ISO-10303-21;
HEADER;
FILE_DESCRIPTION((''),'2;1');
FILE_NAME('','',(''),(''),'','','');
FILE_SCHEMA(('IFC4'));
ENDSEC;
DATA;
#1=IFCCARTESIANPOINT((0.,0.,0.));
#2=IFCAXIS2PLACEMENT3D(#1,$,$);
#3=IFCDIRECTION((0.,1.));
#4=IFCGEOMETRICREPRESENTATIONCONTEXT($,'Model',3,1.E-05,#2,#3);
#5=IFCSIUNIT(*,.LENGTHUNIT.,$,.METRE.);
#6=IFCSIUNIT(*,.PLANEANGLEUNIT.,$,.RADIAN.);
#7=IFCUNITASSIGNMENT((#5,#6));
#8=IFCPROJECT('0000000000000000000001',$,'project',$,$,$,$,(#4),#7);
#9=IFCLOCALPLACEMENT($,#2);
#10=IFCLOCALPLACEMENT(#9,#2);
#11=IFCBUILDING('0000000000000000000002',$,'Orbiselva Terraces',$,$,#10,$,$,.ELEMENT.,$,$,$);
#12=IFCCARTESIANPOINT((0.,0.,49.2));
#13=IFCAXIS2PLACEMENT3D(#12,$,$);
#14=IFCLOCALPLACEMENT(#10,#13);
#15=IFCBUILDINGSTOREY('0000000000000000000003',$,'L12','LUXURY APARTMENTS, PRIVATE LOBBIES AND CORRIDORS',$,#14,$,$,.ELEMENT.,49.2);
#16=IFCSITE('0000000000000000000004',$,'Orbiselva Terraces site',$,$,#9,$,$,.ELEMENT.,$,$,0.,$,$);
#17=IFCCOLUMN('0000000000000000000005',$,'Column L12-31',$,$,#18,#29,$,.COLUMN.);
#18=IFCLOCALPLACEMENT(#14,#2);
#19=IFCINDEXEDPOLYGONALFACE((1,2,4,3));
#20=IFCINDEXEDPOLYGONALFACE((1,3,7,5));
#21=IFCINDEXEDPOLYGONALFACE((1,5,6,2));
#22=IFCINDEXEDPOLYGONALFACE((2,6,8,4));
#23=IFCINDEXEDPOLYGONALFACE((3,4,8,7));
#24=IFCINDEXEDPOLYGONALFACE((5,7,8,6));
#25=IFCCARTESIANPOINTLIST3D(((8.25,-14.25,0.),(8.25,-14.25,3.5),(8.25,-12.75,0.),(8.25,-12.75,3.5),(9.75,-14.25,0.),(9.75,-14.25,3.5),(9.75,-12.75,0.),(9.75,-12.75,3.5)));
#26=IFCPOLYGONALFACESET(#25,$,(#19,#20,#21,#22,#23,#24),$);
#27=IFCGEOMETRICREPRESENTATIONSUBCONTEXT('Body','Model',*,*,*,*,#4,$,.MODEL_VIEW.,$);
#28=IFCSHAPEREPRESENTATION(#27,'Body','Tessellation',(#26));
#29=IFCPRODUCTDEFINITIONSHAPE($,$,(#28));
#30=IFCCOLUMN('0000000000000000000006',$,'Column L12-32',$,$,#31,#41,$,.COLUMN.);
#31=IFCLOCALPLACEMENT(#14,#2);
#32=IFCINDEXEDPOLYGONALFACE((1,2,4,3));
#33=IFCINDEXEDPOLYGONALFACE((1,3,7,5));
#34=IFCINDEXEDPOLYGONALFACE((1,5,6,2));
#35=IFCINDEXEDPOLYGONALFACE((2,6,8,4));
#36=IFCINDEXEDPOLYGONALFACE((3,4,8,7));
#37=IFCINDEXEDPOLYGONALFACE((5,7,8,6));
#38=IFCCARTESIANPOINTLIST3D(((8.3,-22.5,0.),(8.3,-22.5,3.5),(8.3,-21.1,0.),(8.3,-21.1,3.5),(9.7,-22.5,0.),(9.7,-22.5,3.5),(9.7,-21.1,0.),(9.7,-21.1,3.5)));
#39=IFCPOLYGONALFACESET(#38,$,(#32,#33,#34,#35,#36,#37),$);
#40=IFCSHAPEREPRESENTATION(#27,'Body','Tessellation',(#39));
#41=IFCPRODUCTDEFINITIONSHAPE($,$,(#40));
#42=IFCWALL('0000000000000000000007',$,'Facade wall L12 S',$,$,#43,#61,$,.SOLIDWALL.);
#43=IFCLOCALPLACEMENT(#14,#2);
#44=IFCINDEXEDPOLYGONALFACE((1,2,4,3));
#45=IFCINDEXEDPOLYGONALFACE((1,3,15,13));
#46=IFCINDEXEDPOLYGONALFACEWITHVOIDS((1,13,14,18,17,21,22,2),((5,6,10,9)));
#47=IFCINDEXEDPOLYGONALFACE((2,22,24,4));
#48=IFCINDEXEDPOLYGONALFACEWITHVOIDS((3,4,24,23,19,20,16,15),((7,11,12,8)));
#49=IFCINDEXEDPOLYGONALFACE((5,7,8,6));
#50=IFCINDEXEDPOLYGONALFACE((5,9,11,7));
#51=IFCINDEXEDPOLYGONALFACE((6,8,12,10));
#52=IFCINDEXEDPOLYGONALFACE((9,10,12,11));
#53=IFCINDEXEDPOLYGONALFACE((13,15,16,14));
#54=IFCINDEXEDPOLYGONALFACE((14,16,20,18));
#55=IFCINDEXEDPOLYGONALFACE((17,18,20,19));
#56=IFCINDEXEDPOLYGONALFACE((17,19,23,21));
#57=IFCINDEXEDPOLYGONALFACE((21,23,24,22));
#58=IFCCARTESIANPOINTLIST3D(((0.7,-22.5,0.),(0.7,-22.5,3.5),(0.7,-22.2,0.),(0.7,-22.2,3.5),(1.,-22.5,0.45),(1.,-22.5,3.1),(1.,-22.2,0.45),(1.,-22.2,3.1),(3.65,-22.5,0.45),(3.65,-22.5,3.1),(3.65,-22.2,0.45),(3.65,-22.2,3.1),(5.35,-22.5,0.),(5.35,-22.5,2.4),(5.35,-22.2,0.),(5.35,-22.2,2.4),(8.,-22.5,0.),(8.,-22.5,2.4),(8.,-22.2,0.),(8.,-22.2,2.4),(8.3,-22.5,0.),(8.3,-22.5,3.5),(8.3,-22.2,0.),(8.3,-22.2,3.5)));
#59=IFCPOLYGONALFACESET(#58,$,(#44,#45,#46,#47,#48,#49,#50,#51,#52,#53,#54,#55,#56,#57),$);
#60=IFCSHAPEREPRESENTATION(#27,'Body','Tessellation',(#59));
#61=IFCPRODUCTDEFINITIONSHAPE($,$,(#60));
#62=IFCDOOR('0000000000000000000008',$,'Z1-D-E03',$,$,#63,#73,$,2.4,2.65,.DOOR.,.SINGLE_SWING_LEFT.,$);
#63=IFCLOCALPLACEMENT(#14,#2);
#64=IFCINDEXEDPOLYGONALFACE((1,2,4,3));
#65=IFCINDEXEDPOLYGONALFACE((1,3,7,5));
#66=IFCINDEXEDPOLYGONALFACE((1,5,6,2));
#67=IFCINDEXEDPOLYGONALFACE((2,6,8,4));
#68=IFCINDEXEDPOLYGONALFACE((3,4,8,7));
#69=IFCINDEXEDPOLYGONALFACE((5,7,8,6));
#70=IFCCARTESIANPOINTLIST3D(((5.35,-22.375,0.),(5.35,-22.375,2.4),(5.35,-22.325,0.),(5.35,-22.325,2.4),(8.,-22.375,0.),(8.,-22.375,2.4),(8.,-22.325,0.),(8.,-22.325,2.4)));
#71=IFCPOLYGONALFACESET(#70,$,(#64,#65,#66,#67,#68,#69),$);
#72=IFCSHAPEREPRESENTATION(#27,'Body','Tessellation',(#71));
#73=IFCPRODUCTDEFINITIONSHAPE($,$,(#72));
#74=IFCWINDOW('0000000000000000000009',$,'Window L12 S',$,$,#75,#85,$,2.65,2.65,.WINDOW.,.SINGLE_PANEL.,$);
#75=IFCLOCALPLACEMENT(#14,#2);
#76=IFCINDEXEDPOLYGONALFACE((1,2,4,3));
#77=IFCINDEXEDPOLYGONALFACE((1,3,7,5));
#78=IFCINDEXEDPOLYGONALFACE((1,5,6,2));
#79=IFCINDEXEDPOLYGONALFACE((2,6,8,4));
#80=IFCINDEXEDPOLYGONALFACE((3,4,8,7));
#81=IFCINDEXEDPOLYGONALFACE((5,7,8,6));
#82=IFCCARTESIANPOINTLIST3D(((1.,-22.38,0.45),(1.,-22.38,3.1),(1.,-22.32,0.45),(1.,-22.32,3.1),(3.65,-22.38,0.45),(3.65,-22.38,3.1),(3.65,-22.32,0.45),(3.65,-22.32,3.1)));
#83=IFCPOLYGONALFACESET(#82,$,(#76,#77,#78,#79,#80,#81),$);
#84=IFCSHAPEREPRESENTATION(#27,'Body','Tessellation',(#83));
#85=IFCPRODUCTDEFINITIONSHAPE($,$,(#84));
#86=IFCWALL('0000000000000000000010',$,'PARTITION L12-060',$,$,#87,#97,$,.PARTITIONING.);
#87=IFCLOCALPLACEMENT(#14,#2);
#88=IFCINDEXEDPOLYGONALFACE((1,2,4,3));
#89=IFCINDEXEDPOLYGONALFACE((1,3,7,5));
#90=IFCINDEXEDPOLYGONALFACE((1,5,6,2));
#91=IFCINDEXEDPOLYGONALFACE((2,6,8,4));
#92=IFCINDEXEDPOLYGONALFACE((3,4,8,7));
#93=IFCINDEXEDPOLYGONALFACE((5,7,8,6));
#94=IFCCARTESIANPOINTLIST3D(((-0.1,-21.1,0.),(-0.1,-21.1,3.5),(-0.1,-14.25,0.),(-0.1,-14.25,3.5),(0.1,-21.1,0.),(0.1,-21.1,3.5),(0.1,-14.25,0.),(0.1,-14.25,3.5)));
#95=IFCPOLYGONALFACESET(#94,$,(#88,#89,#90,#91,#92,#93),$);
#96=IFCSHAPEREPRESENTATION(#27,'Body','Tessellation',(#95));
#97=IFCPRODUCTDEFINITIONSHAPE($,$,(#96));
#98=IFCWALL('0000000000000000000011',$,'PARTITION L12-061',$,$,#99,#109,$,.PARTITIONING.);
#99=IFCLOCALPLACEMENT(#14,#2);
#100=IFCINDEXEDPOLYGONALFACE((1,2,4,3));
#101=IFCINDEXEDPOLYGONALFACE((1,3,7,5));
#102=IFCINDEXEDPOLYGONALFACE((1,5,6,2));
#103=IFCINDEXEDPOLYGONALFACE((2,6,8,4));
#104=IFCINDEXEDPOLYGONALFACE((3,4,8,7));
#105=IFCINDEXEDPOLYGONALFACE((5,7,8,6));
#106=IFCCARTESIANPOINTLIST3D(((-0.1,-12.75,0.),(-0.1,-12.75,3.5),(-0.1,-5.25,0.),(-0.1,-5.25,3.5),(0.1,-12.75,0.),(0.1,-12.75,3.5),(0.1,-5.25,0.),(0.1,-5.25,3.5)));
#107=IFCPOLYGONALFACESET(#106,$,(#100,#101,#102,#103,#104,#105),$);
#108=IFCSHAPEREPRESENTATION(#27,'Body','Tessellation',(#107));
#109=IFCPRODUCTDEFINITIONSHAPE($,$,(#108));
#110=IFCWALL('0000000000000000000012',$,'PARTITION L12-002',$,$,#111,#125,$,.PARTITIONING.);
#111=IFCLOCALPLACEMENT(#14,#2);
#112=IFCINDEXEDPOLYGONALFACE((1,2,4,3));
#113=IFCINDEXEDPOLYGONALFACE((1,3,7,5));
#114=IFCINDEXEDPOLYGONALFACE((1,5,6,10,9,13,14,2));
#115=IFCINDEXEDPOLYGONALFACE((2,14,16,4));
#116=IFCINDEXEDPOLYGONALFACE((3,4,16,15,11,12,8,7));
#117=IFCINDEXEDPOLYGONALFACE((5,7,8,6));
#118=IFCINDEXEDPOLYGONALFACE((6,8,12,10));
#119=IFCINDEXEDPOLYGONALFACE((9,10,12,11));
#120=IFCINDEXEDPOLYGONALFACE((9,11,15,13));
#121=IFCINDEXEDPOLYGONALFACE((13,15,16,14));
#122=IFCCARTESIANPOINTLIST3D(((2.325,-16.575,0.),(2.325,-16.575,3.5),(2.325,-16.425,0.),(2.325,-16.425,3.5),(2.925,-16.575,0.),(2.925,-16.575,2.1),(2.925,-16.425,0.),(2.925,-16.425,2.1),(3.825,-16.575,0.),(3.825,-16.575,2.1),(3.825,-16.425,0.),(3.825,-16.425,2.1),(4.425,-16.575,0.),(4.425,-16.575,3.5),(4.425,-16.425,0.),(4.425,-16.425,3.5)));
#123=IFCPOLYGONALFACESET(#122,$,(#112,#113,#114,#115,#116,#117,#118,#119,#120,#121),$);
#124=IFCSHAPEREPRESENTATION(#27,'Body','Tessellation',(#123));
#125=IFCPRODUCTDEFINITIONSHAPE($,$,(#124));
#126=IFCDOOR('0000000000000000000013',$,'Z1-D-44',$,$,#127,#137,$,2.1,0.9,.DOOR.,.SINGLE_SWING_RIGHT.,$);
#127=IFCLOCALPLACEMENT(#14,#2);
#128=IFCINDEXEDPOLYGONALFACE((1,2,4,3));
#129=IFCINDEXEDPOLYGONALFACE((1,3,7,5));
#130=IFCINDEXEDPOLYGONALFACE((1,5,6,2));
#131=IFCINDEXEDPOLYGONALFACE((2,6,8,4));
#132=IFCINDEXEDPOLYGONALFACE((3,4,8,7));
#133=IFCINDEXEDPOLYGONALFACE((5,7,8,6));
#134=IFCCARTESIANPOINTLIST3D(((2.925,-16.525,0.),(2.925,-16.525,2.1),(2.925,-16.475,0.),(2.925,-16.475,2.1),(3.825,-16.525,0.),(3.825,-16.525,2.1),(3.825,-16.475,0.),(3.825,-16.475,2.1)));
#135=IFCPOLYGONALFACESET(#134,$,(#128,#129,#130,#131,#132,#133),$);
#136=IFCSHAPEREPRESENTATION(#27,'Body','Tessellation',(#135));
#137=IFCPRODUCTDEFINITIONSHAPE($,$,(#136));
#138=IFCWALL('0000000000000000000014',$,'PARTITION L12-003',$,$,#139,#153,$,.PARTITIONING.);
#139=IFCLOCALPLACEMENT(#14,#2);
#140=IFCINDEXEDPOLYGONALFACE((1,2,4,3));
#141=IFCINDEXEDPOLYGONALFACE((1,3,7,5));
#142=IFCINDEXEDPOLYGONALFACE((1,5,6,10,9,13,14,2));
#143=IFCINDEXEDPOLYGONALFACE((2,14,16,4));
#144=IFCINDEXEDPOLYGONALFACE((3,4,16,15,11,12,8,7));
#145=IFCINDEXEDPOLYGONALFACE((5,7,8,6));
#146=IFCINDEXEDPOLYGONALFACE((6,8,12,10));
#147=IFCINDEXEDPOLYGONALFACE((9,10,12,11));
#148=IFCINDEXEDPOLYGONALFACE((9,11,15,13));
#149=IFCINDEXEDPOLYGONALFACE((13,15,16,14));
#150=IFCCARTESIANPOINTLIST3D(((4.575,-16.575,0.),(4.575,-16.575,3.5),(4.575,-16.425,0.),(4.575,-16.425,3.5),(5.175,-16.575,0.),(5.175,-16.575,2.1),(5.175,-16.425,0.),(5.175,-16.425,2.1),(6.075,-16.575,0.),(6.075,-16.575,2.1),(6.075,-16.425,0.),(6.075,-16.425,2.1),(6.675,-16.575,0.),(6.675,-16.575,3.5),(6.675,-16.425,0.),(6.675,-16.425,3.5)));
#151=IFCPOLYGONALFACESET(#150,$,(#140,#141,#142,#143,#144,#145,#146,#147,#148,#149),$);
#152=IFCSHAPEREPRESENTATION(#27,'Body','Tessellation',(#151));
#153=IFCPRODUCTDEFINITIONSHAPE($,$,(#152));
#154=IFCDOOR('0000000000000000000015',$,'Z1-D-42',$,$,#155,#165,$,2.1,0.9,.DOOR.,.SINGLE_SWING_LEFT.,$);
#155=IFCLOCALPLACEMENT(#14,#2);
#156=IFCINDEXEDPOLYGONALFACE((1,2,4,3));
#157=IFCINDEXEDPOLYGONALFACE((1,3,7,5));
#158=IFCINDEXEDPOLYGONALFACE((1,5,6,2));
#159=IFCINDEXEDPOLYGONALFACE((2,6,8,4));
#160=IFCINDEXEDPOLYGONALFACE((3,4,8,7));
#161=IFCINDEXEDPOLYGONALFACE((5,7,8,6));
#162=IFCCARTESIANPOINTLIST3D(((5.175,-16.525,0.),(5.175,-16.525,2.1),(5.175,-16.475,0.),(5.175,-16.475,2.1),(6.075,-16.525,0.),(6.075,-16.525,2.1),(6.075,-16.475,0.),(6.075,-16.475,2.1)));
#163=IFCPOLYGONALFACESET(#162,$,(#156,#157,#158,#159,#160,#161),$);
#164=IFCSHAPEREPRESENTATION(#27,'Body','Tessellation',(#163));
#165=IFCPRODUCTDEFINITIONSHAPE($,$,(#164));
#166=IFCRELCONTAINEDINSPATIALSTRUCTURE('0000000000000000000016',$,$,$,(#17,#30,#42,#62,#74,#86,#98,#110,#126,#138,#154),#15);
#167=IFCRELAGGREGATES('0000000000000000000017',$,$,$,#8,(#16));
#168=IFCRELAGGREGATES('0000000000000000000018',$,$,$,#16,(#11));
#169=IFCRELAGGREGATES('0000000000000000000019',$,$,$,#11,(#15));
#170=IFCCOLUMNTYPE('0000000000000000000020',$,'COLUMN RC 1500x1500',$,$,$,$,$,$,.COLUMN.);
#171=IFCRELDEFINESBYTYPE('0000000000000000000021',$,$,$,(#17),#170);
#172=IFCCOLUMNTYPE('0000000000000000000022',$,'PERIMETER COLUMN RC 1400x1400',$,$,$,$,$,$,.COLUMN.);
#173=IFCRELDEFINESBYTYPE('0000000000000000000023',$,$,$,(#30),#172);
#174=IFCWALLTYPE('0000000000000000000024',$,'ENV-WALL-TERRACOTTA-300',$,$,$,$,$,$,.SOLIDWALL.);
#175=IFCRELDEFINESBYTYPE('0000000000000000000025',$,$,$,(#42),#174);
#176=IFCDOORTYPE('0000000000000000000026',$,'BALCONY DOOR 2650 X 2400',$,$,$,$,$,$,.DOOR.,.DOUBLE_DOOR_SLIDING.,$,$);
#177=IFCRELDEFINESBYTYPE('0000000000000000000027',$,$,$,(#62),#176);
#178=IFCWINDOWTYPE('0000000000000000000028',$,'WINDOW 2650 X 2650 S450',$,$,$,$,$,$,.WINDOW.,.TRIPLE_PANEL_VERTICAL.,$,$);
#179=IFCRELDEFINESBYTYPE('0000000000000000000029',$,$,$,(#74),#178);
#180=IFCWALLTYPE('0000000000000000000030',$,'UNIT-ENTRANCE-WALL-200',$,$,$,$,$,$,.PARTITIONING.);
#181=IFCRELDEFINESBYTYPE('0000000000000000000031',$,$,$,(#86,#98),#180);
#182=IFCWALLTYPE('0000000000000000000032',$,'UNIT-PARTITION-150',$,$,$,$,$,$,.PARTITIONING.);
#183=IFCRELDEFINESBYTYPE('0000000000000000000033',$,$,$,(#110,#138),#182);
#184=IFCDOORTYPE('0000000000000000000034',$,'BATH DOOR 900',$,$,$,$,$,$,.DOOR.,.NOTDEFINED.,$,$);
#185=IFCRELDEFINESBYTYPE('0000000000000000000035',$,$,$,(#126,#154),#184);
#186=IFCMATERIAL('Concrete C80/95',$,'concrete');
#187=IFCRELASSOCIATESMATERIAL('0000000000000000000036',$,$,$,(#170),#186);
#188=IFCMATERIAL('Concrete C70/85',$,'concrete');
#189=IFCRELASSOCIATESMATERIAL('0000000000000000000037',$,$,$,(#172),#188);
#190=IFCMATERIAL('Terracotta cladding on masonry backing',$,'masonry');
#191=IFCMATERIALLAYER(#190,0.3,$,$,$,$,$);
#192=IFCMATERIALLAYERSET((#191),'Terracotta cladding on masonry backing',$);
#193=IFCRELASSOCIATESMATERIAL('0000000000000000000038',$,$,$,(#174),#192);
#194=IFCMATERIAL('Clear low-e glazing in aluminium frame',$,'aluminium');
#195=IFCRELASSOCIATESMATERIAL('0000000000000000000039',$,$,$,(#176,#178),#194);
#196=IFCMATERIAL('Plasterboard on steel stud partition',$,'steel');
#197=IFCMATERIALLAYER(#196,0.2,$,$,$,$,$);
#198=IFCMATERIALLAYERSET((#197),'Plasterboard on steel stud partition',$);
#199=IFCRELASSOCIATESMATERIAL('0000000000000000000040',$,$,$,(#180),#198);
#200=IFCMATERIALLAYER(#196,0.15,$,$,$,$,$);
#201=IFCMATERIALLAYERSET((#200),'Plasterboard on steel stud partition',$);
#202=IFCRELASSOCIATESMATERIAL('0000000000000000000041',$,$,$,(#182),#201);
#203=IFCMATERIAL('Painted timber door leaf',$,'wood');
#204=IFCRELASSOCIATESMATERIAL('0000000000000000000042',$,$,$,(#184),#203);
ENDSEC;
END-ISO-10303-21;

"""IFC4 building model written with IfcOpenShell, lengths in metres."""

from ifc_helpers import new_model, si_unit, direction, frame, frame_2d, origin, origin_2d, place, context, subcontext, project, spatial, rectangle, extrude, material, layer, layer_set, material_profile, profile_set, type_object, element, fill, save


model = new_model("IFC4")

# Units and contexts
model_context = context("Model", 3, precision=1e-05, world=origin(), true_north=direction((0.0, 1.0)))
body_context = subcontext(model_context, "Body", "Model", "MODEL_VIEW")
ifc_project = project(units=[si_unit("LENGTHUNIT", "METRE"), si_unit("PLANEANGLEUNIT", "RADIAN")], contexts=[model_context])

# Site, building, storey
site_placement = place(None, origin())
site = spatial("IfcSite", under=ifc_project, at=site_placement, Name="Orbiselva Terraces site", CompositionType="ELEMENT", RefElevation=0.0)
building_placement = place(site_placement, origin())
building = spatial("IfcBuilding", under=site, at=building_placement, Name="Orbiselva Terraces", CompositionType="ELEMENT")
storey_placement = place(building_placement, frame((0.0, 0.0, 49.2)))
storey = spatial("IfcBuildingStorey", under=building, at=storey_placement, Name="L12", Description="LUXURY APARTMENTS, PRIVATE LOBBIES AND CORRIDORS", CompositionType="ELEMENT", Elevation=49.2)

# Columns
ifc_material_1 = material(Name="Concrete C80/95", Category="concrete")
ifc_material_profile_1 = material_profile(ifc_material_1, rectangle(XDim=1.5, YDim=1.5, at=origin_2d()), Name="RC 1500x1500")
ifc_profile_set_1 = profile_set([ifc_material_profile_1], Name="Concrete C80/95")
column_type_1 = type_object("IfcColumnType", Name="COLUMN RC 1500x1500", PredefinedType="COLUMN", material=ifc_profile_set_1)
column_1_placement = place(storey_placement, frame((9.0, -13.5, 0.0), z_axis=(0.0, 0.0, 1.0), x_axis=(1.0, 0.0, 0.0)))
element("IfcColumn", 1, at=column_1_placement, inside=storey, type_object=column_type_1, Name="Column L12-31", PredefinedType="COLUMN", context=body_context, shape_type="SweptSolid", body=[
    extrude(rectangle(XDim=1.5, YDim=1.5, at=origin_2d()), origin(), (0.0, 0.0, 1.0), 3.5),
])
ifc_material_2 = material(Name="Concrete C70/85", Category="concrete")
ifc_material_profile_2 = material_profile(ifc_material_2, rectangle(XDim=1.4, YDim=1.4, at=origin_2d()), Name="RC 1400x1400")
ifc_profile_set_2 = profile_set([ifc_material_profile_2], Name="Concrete C70/85")
column_type_2 = type_object("IfcColumnType", Name="PERIMETER COLUMN RC 1400x1400", PredefinedType="COLUMN", material=ifc_profile_set_2)
column_2_placement = place(storey_placement, frame((9.0, -21.8, 0.0), z_axis=(0.0, 0.0, 1.0), x_axis=(1.0, 0.0, 0.0)))
element("IfcColumn", 2, at=column_2_placement, inside=storey, type_object=column_type_2, Name="Column L12-32", PredefinedType="COLUMN", context=body_context, shape_type="SweptSolid", body=[
    extrude(rectangle(XDim=1.4, YDim=1.4, at=origin_2d()), origin(), (0.0, 0.0, 1.0), 3.5),
])

# Wall, openings, door, window
ifc_material_3 = material(Name="Terracotta cladding on masonry backing", Category="masonry")
ifc_layer_1 = layer(ifc_material_3, 0.3)
ifc_layer_set_1 = layer_set([ifc_layer_1], Name="Terracotta cladding on masonry backing")
wall_type_1 = type_object("IfcWallType", Name="ENV-WALL-TERRACOTTA-300", PredefinedType="SOLIDWALL", material=ifc_layer_set_1)
wall_1_placement = place(storey_placement, frame((8.3, -22.35, 0.0), z_axis=(0.0, 0.0, 1.0), x_axis=(-1.0, 0.0, 0.0)))
wall_1 = element("IfcWall", 3, at=wall_1_placement, inside=storey, type_object=wall_type_1, Name="Facade wall L12 S", PredefinedType="SOLIDWALL", context=body_context, shape_type="SweptSolid", body=[
    extrude(rectangle(XDim=7.6, YDim=0.3, at=frame_2d((3.8, 0.0))), origin(), (0.0, 0.0, 1.0), 3.5),
])
opening_1_placement = place(wall_1_placement, frame((4.65, 0.0, 0.45)))
opening_1 = element("IfcOpeningElement", 4, at=opening_1_placement, cuts=wall_1, PredefinedType="OPENING", context=body_context, shape_type="SweptSolid", body=[
    extrude(rectangle(XDim=2.65, YDim=2.65, at=frame_2d((1.325, 1.325))), frame((0.0, 0.16, 0.0), z_axis=(0.0, -1.0, 0.0), x_axis=(1.0, 0.0, 0.0)), (0.0, 0.0, 1.0), 0.32),
])
opening_2_placement = place(wall_1_placement, frame((0.3, 0.0, 0.0)))
opening_2 = element("IfcOpeningElement", 5, at=opening_2_placement, cuts=wall_1, PredefinedType="OPENING", context=body_context, shape_type="SweptSolid", body=[
    extrude(rectangle(XDim=2.65, YDim=2.4, at=frame_2d((1.325, 1.2))), frame((0.0, 0.16, 0.0), z_axis=(0.0, -1.0, 0.0), x_axis=(1.0, 0.0, 0.0)), (0.0, 0.0, 1.0), 0.32),
])
ifc_material_4 = material(Name="Clear low-e glazing in aluminium frame", Category="aluminium")
door_type_1 = type_object("IfcDoorType", Name="BALCONY DOOR 2650 X 2400", OperationType="DOUBLE_DOOR_SLIDING", PredefinedType="DOOR", material=ifc_material_4)
door_1_placement = place(opening_2_placement, origin())
door_1 = element("IfcDoor", 6, at=door_1_placement, inside=storey, type_object=door_type_1, Name="Z1-D-E03", OperationType="SINGLE_SWING_LEFT", OverallHeight=2.4, OverallWidth=2.65, PredefinedType="DOOR", context=body_context, shape_type="SweptSolid", body=[
    extrude(rectangle(XDim=2.65, YDim=2.4, at=frame_2d((1.325, 1.2))), frame((0.0, 0.025, 0.0), z_axis=(0.0, -1.0, 0.0), x_axis=(1.0, 0.0, 0.0)), (0.0, 0.0, 1.0), 0.05),
])
fill(opening_2, door_1)
window_type = type_object("IfcWindowType", Name="WINDOW 2650 X 2650 S450", PartitioningType="TRIPLE_PANEL_VERTICAL", PredefinedType="WINDOW", material=ifc_material_4)
window_placement = place(opening_1_placement, origin())
window = element("IfcWindow", 7, at=window_placement, inside=storey, type_object=window_type, Name="Window L12 S", OverallHeight=2.65, OverallWidth=2.65, PartitioningType="SINGLE_PANEL", PredefinedType="WINDOW", context=body_context, shape_type="SweptSolid", body=[
    extrude(rectangle(XDim=2.65, YDim=2.65, at=frame_2d((1.325, 1.325))), frame((0.0, 0.03, 0.0), z_axis=(0.0, -1.0, 0.0), x_axis=(1.0, 0.0, 0.0)), (0.0, 0.0, 1.0), 0.06),
])
fill(opening_1, window)

# Walls
ifc_material_5 = material(Name="Plasterboard on steel stud partition", Category="steel")
ifc_layer_2 = layer(ifc_material_5, 0.2)
ifc_layer_set_2 = layer_set([ifc_layer_2], Name="Plasterboard on steel stud partition")
wall_type_2 = type_object("IfcWallType", Name="UNIT-ENTRANCE-WALL-200", PredefinedType="PARTITIONING", material=ifc_layer_set_2)
wall_2_placement = place(storey_placement, frame((0.0, -21.1, 0.0), z_axis=(0.0, 0.0, 1.0), x_axis=(0.0, 1.0, 0.0)))
element("IfcWall", 8, at=wall_2_placement, inside=storey, type_object=wall_type_2, Name="PARTITION L12-060", PredefinedType="PARTITIONING", context=body_context, shape_type="SweptSolid", body=[
    extrude(rectangle(XDim=6.85, YDim=0.2, at=frame_2d((3.425, 0.0))), origin(), (0.0, 0.0, 1.0), 3.5),
])
wall_3_placement = place(storey_placement, frame((0.0, -12.75, 0.0), z_axis=(0.0, 0.0, 1.0), x_axis=(0.0, 1.0, 0.0)))
element("IfcWall", 9, at=wall_3_placement, inside=storey, type_object=wall_type_2, Name="PARTITION L12-061", PredefinedType="PARTITIONING", context=body_context, shape_type="SweptSolid", body=[
    extrude(rectangle(XDim=7.5, YDim=0.2, at=frame_2d((3.75, 0.0))), origin(), (0.0, 0.0, 1.0), 3.5),
])

# Walls, openings, doors
ifc_layer_3 = layer(ifc_material_5, 0.15)
ifc_layer_set_3 = layer_set([ifc_layer_3], Name="Plasterboard on steel stud partition")
wall_type_3 = type_object("IfcWallType", Name="UNIT-PARTITION-150", PredefinedType="PARTITIONING", material=ifc_layer_set_3)
wall_4_placement = place(storey_placement, frame((2.325, -16.5, 0.0), z_axis=(0.0, 0.0, 1.0), x_axis=(1.0, 0.0, 0.0)))
wall_4 = element("IfcWall", 10, at=wall_4_placement, inside=storey, type_object=wall_type_3, Name="PARTITION L12-002", PredefinedType="PARTITIONING", context=body_context, shape_type="SweptSolid", body=[
    extrude(rectangle(XDim=2.1, YDim=0.15, at=frame_2d((1.05, 0.0))), origin(), (0.0, 0.0, 1.0), 3.5),
])
opening_3_placement = place(wall_4_placement, frame((0.6, 0.0, 0.0)))
opening_3 = element("IfcOpeningElement", 11, at=opening_3_placement, cuts=wall_4, PredefinedType="OPENING", context=body_context, shape_type="SweptSolid", body=[
    extrude(rectangle(XDim=0.9, YDim=2.1, at=frame_2d((0.45, 1.05))), frame((0.0, 0.085, 0.0), z_axis=(0.0, -1.0, 0.0), x_axis=(1.0, 0.0, 0.0)), (0.0, 0.0, 1.0), 0.17),
])
ifc_material_6 = material(Name="Painted timber door leaf", Category="wood")
door_type_2 = type_object("IfcDoorType", Name="BATH DOOR 900", OperationType="NOTDEFINED", PredefinedType="DOOR", material=ifc_material_6)
door_2_placement = place(opening_3_placement, origin())
door_2 = element("IfcDoor", 12, at=door_2_placement, inside=storey, type_object=door_type_2, Name="Z1-D-44", OperationType="SINGLE_SWING_RIGHT", OverallHeight=2.1, OverallWidth=0.9, PredefinedType="DOOR", context=body_context, shape_type="SweptSolid", body=[
    extrude(rectangle(XDim=0.9, YDim=2.1, at=frame_2d((0.45, 1.05))), frame((0.0, 0.025, 0.0), z_axis=(0.0, -1.0, 0.0), x_axis=(1.0, 0.0, 0.0)), (0.0, 0.0, 1.0), 0.05),
])
fill(opening_3, door_2)
wall_5_placement = place(storey_placement, frame((4.575, -16.5, 0.0), z_axis=(0.0, 0.0, 1.0), x_axis=(1.0, 0.0, 0.0)))
wall_5 = element("IfcWall", 13, at=wall_5_placement, inside=storey, type_object=wall_type_3, Name="PARTITION L12-003", PredefinedType="PARTITIONING", context=body_context, shape_type="SweptSolid", body=[
    extrude(rectangle(XDim=2.1, YDim=0.15, at=frame_2d((1.05, 0.0))), origin(), (0.0, 0.0, 1.0), 3.5),
])
opening_4_placement = place(wall_5_placement, frame((0.6, 0.0, 0.0)))
opening_4 = element("IfcOpeningElement", 14, at=opening_4_placement, cuts=wall_5, PredefinedType="OPENING", context=body_context, shape_type="SweptSolid", body=[
    extrude(rectangle(XDim=0.9, YDim=2.1, at=frame_2d((0.45, 1.05))), frame((0.0, 0.085, 0.0), z_axis=(0.0, -1.0, 0.0), x_axis=(1.0, 0.0, 0.0)), (0.0, 0.0, 1.0), 0.17),
])
door_3_placement = place(opening_4_placement, origin())
door_3 = element("IfcDoor", 15, at=door_3_placement, inside=storey, type_object=door_type_2, Name="Z1-D-42", OperationType="SINGLE_SWING_LEFT", OverallHeight=2.1, OverallWidth=0.9, PredefinedType="DOOR", context=body_context, shape_type="SweptSolid", body=[
    extrude(rectangle(XDim=0.9, YDim=2.1, at=frame_2d((0.45, 1.05))), frame((0.0, 0.025, 0.0), z_axis=(0.0, -1.0, 0.0), x_axis=(1.0, 0.0, 0.0)), (0.0, 0.0, 1.0), 0.05),
])
fill(opening_4, door_3)

save(model, "model.ifc")
